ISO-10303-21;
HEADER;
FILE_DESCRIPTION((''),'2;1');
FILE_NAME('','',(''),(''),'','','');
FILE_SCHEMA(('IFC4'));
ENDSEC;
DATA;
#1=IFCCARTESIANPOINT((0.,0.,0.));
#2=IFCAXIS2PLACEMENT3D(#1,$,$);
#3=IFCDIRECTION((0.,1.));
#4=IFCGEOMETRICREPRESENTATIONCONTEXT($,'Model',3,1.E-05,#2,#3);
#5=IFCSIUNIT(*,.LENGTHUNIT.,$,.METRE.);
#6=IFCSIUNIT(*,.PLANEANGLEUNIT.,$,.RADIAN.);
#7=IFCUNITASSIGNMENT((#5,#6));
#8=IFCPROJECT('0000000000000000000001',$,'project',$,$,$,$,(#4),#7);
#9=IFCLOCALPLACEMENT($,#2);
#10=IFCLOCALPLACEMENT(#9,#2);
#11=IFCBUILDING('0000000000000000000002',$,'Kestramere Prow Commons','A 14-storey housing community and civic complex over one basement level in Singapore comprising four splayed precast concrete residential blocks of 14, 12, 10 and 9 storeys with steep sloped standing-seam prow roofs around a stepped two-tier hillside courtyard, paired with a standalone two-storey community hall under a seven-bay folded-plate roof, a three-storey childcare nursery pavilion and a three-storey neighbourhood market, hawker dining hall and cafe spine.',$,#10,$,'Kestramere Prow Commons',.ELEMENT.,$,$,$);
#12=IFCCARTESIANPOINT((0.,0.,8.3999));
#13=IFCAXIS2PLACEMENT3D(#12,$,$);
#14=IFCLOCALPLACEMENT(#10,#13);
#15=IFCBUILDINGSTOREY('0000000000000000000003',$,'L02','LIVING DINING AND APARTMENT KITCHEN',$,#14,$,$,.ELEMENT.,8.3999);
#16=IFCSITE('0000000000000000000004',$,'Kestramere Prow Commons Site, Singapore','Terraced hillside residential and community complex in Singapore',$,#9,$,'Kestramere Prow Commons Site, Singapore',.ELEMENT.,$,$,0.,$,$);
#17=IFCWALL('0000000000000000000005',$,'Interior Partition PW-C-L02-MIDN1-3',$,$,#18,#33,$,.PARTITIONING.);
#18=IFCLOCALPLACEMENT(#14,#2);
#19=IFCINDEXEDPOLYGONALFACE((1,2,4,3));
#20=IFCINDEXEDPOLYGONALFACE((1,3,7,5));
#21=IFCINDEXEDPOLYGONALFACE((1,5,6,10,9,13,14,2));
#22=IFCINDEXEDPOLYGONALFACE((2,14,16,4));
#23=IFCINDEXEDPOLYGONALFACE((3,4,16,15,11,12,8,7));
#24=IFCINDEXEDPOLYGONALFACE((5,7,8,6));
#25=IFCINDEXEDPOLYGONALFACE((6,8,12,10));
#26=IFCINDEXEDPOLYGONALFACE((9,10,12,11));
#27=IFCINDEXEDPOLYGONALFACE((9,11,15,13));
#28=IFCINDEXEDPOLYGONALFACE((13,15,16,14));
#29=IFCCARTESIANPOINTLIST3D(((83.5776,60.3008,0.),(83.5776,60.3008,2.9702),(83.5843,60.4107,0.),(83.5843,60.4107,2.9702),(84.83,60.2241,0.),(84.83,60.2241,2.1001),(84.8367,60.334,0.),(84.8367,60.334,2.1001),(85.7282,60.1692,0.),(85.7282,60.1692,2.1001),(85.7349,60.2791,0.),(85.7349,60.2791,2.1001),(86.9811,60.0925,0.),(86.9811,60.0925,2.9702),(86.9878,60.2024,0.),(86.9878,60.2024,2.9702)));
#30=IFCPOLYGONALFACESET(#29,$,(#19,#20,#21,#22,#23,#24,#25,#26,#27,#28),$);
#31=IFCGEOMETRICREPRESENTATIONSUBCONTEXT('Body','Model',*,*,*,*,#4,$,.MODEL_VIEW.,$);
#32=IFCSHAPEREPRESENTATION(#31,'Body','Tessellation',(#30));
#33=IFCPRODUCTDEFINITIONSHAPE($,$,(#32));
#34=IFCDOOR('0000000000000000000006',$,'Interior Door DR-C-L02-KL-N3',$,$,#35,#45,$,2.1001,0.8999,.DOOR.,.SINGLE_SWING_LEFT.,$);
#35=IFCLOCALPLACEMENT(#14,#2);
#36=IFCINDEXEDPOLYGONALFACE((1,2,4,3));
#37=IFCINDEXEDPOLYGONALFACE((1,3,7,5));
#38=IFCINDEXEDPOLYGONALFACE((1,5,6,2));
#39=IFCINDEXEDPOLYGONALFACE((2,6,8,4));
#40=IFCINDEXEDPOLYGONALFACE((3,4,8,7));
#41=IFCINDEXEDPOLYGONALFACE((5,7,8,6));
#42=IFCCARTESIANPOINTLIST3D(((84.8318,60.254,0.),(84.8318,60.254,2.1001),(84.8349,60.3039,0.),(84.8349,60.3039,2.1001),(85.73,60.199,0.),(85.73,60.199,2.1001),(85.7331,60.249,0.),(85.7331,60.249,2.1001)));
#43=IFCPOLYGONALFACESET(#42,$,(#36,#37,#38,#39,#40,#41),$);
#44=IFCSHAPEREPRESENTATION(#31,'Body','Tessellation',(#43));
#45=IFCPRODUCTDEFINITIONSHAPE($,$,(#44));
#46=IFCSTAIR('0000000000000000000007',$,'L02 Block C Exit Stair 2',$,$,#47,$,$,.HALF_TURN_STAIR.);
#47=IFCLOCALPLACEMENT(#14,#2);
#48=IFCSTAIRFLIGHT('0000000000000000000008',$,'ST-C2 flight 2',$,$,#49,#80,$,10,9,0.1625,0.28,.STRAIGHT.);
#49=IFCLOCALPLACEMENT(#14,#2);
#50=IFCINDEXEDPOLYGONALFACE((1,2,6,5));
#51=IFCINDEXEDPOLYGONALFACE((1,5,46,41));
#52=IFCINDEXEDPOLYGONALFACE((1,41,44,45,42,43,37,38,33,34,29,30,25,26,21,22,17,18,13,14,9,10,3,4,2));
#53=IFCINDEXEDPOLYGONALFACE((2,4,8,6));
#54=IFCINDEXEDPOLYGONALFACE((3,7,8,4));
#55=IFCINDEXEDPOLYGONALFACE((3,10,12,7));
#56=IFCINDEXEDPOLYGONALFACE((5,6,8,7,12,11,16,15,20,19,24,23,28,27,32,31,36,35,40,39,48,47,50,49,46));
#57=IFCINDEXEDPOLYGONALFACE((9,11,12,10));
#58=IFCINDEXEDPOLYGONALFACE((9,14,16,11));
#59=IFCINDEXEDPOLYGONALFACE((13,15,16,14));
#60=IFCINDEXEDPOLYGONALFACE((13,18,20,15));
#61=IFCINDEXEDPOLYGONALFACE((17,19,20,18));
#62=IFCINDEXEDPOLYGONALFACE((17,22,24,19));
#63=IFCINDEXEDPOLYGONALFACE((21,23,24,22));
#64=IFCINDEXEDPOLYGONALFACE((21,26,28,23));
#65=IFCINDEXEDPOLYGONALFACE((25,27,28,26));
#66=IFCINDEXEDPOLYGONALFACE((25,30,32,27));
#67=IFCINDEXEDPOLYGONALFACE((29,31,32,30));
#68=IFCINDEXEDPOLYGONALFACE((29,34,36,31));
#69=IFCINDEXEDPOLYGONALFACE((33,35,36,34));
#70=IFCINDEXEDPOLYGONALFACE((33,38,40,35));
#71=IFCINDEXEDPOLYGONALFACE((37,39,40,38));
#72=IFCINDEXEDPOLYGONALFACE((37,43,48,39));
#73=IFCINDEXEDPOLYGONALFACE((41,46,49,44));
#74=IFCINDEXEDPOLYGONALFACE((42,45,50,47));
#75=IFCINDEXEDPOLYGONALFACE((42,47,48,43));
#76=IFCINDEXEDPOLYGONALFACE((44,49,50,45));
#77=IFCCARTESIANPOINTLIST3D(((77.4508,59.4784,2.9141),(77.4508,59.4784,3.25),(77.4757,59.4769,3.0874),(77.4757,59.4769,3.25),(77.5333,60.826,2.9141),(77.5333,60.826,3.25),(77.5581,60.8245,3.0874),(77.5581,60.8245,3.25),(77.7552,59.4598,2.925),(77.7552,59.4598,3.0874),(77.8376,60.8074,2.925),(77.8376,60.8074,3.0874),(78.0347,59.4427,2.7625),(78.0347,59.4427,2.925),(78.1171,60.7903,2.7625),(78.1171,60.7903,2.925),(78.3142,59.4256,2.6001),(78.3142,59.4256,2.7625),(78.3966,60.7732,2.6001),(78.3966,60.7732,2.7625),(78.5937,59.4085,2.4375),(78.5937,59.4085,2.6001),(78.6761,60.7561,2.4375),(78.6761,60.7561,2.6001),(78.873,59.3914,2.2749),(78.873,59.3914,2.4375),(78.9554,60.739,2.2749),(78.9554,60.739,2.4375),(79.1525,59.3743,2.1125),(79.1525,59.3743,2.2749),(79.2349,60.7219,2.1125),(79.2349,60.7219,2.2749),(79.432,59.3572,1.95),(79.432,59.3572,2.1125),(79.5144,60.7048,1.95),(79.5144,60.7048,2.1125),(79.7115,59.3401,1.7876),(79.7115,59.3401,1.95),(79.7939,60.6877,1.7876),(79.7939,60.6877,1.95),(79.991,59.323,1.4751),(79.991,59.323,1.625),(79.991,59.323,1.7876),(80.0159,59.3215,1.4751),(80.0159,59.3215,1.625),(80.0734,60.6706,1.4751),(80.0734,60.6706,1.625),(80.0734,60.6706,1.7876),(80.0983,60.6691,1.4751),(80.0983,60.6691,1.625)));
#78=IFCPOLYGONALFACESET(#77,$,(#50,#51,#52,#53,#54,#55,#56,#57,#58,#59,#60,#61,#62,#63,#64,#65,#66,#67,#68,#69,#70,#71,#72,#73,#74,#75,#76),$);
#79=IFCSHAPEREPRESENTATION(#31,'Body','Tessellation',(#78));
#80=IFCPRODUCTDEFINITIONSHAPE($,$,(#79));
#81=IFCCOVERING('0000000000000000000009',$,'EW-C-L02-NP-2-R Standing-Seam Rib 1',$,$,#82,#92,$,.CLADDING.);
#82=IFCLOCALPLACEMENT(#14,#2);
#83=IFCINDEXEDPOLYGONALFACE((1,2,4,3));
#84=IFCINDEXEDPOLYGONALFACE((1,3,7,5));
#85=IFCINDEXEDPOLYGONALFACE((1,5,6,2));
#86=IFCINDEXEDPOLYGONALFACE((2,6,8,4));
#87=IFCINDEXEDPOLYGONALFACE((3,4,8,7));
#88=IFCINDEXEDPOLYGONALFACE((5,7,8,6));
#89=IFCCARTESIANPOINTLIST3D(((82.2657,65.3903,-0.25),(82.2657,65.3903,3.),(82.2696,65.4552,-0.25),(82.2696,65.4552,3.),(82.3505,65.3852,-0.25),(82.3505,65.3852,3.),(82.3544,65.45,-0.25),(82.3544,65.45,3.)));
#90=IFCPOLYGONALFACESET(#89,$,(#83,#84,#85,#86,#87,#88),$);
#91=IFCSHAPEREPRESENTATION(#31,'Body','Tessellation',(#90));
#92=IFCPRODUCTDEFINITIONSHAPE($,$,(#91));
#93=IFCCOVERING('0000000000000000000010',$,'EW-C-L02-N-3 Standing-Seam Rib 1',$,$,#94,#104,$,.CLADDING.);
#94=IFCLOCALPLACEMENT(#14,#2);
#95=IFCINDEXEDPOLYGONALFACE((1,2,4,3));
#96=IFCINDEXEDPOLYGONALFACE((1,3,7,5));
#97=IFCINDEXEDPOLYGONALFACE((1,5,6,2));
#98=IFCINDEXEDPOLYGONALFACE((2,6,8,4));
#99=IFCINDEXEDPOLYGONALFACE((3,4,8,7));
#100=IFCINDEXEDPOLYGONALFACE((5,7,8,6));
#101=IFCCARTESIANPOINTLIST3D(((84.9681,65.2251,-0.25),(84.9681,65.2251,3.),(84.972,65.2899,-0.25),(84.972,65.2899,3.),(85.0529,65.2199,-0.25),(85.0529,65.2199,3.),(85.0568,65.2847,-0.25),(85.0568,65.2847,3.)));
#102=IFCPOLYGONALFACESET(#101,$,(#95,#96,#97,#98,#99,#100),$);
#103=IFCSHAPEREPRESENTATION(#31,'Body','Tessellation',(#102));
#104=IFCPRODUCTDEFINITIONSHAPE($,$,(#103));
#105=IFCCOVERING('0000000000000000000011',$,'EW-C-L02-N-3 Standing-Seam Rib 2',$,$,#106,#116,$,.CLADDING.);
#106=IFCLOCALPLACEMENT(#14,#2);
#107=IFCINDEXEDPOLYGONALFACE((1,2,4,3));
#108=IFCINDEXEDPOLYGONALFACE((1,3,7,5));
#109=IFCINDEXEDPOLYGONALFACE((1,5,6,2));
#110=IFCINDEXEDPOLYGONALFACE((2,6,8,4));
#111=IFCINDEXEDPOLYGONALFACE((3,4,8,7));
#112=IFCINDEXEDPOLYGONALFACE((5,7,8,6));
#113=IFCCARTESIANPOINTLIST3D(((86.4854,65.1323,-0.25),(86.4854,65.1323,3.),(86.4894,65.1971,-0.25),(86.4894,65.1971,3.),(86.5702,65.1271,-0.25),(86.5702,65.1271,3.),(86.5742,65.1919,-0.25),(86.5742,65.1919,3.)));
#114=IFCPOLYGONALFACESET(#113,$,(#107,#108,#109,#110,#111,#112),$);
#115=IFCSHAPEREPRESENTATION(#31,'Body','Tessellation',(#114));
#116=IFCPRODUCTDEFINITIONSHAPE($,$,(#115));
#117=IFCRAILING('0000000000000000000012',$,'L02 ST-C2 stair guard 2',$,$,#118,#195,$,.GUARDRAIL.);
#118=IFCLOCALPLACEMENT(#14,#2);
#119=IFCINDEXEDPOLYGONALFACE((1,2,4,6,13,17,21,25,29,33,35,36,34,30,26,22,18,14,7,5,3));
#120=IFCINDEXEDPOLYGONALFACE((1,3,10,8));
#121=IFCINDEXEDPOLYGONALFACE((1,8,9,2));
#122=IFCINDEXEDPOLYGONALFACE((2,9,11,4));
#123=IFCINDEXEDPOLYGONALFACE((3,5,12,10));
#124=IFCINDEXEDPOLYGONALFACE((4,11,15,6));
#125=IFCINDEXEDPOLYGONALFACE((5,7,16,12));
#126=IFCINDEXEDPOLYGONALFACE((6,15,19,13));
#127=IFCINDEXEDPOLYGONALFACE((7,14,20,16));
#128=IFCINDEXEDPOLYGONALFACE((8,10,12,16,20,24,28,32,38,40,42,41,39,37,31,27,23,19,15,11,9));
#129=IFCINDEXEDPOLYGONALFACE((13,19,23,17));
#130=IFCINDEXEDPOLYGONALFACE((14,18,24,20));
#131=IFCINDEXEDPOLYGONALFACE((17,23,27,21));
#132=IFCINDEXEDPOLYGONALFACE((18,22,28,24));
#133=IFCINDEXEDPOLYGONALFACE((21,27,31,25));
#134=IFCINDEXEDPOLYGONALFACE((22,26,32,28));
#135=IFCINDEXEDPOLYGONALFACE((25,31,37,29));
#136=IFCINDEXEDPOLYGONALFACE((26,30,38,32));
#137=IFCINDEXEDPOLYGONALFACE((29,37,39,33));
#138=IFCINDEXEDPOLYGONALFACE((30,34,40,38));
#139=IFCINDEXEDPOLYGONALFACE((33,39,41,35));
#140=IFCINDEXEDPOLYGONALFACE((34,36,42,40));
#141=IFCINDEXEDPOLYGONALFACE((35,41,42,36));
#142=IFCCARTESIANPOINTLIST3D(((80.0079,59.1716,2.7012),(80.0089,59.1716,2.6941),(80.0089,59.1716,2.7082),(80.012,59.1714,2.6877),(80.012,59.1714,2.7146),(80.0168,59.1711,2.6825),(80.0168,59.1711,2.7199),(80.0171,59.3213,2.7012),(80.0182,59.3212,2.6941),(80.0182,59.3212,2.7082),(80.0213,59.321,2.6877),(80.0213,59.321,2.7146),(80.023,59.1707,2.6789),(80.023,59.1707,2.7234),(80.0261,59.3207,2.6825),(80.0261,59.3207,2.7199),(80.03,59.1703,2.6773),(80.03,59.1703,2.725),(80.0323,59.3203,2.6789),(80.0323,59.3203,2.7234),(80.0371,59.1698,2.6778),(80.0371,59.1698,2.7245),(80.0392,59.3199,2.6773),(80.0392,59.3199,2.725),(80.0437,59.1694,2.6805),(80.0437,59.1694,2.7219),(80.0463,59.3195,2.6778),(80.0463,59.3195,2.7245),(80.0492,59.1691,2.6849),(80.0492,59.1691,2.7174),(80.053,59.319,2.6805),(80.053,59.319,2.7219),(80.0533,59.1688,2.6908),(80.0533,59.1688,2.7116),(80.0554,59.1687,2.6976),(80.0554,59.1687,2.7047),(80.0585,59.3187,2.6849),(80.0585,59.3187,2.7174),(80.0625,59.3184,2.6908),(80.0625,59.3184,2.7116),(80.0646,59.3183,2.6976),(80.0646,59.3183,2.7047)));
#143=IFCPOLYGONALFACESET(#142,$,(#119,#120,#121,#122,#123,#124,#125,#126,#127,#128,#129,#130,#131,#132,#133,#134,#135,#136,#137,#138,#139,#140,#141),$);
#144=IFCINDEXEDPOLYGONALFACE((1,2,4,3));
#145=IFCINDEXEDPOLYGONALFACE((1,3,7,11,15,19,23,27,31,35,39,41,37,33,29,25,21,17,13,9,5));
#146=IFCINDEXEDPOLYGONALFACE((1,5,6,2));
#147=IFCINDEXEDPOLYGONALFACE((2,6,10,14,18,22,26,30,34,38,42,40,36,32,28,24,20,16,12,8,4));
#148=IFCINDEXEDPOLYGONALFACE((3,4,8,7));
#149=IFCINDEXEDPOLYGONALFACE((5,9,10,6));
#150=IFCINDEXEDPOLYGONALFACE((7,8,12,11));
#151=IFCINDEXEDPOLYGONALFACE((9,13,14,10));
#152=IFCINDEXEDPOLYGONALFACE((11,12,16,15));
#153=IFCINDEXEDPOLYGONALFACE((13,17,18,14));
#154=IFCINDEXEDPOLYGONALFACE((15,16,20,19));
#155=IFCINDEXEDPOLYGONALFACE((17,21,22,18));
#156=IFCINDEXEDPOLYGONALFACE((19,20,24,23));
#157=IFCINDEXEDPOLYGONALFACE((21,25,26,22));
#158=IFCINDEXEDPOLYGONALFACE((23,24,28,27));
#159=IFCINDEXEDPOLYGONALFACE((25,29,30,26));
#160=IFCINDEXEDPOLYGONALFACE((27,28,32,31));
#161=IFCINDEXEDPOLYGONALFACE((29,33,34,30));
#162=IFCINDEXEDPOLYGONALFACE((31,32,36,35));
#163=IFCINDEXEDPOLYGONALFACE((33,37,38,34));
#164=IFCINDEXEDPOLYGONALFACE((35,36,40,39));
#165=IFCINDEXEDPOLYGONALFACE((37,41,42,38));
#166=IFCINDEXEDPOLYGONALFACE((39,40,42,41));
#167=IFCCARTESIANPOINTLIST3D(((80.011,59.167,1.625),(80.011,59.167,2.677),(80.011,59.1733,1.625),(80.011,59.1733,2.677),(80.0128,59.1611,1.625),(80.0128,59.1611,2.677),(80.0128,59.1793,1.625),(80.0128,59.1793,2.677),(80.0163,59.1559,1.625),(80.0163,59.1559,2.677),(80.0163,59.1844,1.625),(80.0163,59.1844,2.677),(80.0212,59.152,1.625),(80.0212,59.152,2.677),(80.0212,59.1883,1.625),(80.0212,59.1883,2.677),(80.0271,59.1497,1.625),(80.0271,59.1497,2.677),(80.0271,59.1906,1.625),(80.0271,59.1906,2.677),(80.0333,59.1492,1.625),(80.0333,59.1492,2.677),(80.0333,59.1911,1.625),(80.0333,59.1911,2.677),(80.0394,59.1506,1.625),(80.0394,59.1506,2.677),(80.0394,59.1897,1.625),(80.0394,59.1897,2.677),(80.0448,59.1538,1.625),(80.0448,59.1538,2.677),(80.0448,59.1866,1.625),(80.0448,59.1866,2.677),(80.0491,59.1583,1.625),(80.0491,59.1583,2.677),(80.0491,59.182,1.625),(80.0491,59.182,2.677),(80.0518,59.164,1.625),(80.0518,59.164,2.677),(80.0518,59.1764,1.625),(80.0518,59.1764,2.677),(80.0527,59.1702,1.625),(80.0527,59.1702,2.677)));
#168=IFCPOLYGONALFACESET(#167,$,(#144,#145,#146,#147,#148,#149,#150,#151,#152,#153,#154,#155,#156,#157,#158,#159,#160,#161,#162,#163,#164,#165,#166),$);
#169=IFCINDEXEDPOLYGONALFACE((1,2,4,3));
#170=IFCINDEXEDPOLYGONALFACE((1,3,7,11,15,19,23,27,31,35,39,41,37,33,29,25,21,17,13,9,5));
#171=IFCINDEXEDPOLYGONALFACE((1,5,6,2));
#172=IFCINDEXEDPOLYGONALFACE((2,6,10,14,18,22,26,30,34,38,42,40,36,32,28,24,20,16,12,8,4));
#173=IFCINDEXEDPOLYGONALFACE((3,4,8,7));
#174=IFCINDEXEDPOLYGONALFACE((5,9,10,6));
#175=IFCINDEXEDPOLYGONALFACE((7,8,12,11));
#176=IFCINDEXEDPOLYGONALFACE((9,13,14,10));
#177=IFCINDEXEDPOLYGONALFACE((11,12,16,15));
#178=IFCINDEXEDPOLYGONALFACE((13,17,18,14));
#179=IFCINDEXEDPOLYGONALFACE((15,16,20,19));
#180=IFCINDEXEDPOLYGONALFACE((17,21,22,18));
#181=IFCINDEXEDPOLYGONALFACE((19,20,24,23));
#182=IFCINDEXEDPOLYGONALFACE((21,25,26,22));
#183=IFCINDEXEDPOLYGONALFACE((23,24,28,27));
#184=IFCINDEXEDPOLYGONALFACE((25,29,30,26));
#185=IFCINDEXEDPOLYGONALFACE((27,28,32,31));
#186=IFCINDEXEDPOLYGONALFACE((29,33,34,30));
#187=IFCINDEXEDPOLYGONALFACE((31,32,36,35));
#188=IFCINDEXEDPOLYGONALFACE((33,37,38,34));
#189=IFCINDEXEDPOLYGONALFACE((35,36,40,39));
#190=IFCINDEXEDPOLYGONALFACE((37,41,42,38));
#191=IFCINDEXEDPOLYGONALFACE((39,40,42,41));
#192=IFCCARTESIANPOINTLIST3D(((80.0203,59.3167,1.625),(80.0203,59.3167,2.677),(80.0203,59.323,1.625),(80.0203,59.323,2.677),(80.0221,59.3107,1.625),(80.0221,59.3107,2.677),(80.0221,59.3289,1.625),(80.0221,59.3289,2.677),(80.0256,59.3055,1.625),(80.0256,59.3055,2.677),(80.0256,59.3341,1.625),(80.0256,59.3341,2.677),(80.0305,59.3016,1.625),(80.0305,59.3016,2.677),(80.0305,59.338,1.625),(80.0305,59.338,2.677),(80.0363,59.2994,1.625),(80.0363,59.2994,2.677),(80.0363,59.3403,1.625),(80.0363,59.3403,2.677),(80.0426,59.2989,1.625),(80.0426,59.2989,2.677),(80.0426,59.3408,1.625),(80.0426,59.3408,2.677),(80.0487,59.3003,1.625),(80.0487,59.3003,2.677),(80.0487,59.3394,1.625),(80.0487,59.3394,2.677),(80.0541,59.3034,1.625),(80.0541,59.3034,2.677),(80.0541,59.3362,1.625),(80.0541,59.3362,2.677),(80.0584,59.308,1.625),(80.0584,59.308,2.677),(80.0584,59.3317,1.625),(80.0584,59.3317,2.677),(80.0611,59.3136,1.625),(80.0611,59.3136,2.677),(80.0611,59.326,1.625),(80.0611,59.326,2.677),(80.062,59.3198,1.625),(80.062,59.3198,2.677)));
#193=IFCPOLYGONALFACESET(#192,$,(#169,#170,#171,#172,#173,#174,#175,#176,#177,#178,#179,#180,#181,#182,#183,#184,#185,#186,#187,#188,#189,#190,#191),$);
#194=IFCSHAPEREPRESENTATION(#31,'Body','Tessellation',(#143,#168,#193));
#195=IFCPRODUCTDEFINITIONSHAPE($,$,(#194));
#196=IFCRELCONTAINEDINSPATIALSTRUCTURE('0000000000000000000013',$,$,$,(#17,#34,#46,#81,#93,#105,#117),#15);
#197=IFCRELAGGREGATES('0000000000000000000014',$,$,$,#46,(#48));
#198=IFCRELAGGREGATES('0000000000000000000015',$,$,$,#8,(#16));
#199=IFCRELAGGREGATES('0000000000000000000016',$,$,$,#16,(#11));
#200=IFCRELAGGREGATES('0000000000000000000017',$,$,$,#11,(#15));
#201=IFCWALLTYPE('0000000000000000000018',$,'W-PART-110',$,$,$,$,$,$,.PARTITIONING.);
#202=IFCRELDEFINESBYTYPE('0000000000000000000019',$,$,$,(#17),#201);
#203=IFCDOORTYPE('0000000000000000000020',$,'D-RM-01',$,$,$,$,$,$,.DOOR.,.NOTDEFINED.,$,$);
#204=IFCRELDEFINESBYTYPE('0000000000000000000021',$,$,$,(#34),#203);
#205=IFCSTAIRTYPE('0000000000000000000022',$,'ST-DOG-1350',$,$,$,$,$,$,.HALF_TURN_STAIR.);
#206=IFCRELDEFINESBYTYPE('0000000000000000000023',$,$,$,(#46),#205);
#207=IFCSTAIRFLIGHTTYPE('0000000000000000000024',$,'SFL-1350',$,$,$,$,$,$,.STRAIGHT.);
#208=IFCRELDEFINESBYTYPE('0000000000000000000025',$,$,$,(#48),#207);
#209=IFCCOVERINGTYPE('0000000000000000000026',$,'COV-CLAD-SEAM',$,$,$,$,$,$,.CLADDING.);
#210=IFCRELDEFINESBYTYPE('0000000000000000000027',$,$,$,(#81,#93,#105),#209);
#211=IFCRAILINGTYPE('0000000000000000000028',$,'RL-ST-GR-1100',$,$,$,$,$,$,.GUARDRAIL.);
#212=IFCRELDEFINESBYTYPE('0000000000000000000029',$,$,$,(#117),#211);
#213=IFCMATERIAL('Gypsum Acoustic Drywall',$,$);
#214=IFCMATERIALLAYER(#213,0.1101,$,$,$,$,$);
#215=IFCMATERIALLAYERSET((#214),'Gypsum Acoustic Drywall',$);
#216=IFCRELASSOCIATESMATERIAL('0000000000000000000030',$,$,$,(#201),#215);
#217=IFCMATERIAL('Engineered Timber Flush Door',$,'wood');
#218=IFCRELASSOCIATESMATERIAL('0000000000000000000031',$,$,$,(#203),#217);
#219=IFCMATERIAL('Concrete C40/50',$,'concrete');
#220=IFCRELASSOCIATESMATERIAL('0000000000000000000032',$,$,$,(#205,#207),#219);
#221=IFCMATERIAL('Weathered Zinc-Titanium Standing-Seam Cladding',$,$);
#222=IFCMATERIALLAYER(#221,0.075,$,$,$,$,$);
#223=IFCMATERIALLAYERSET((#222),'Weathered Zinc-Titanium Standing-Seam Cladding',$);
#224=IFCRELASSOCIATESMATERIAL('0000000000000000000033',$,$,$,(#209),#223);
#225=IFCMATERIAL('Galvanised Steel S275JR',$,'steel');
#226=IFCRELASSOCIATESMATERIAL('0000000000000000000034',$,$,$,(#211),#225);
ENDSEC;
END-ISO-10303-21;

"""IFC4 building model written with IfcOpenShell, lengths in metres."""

from ifc_helpers import new_model, si_unit, direction, frame, frame_2d, origin, origin_2d, place, context, subcontext, project, spatial, polyline, rectangle, circle, outline, extrude, material, layer, layer_set, type_object, element, fill, aggregate, save


model = new_model("IFC4")

# Units and contexts
model_context = context("Model", 3, precision=1e-05, world=origin(), true_north=direction((0.0, 1.0)))
body_context = subcontext(model_context, "Body", "Model", "MODEL_VIEW")
ifc_project = project(units=[si_unit("LENGTHUNIT", "METRE"), si_unit("PLANEANGLEUNIT", "RADIAN")], contexts=[model_context])

# Site, building, storey
site_placement = place(None, origin())
site = spatial("IfcSite", under=ifc_project, at=site_placement, Name="Kestramere Prow Commons Site, Singapore", Description="Terraced hillside residential and community complex in Singapore", LongName="Kestramere Prow Commons Site, Singapore", CompositionType="ELEMENT", RefElevation=0.0)
building_placement = place(site_placement, origin())
building = spatial("IfcBuilding", under=site, at=building_placement, Name="Kestramere Prow Commons", Description="A 14-storey housing community and civic complex over one basement level in Singapore comprising four splayed precast concrete residential blocks of 14, 12, 10 and 9 storeys with steep sloped standing-seam prow roofs around a stepped two-tier hillside courtyard, paired with a standalone two-storey community hall under a seven-bay folded-plate roof, a three-storey childcare nursery pavilion and a three-storey neighbourhood market, hawker dining hall and cafe spine.", LongName="Kestramere Prow Commons", CompositionType="ELEMENT")
storey_placement = place(building_placement, frame((0.0, 0.0, 8.3999)))
storey = spatial("IfcBuildingStorey", under=building, at=storey_placement, Name="L02", Description="LIVING DINING AND APARTMENT KITCHEN", CompositionType="ELEMENT", Elevation=8.3999)

# Wall, opening, door
ifc_material_1 = material(Name="Gypsum Acoustic Drywall")
ifc_layer_1 = layer(ifc_material_1, 0.1101)
ifc_layer_set_1 = layer_set([ifc_layer_1], Name="Gypsum Acoustic Drywall")
wall_type_1 = type_object("IfcWallType", Name="W-PART-110", PredefinedType="PARTITIONING", material=ifc_layer_set_1)
wall_1_placement = place(storey_placement, frame((83.5808, 60.3557, 0.0), z_axis=(0.0, 0.0, 1.0), x_axis=(0.998133, -0.061072, 0.0)))
wall_1 = element("IfcWall", 1, at=wall_1_placement, inside=storey, type_object=wall_type_1, Name="Interior Partition PW-C-L02-MIDN1-3", PredefinedType="PARTITIONING", context=body_context, shape_type="SweptSolid", body=[
    extrude(rectangle(XDim=3.4099, YDim=0.1101, at=frame_2d((1.7051, 0.0))), origin(), (0.0, 0.0, 1.0), 2.9702),
])
opening_1_placement = place(wall_1_placement, frame((1.2549, 0.0, 0.0)))
opening_1 = element("IfcOpeningElement", 2, at=opening_1_placement, cuts=wall_1, PredefinedType="OPENING", context=body_context, shape_type="SweptSolid", body=[
    extrude(rectangle(XDim=0.8999, YDim=2.1001, at=frame_2d((0.45, 1.05))), frame((0.0, 0.0701, 0.0), z_axis=(0.0, -1.0, 0.0), x_axis=(1.0, 0.0, 0.0)), (0.0, 0.0, 1.0), 0.1401),
])
ifc_material_2 = material(Name="Engineered Timber Flush Door", Category="wood")
door_type = type_object("IfcDoorType", Name="D-RM-01", OperationType="NOTDEFINED", PredefinedType="DOOR", material=ifc_material_2)
door_placement = place(opening_1_placement, origin())
door = element("IfcDoor", 3, at=door_placement, inside=storey, type_object=door_type, Name="Interior Door DR-C-L02-KL-N3", OperationType="SINGLE_SWING_LEFT", OverallHeight=2.1001, OverallWidth=0.8999, PredefinedType="DOOR", context=body_context, shape_type="SweptSolid", body=[
    extrude(rectangle(XDim=0.8999, YDim=2.1001, at=frame_2d((0.45, 1.05))), frame((0.0, 0.0249, 0.0), z_axis=(0.0, -1.0, 0.0), x_axis=(1.0, 0.0, 0.0)), (0.0, 0.0, 1.0), 0.05),
])
fill(opening_1, door)

# Stair, stair flight
ifc_material_3 = material(Name="Concrete C40/50", Category="concrete")
stair_type = type_object("IfcStairType", Name="ST-DOG-1350", PredefinedType="HALF_TURN_STAIR", material=ifc_material_3)
stair_placement = place(storey_placement, origin())
stair = element("IfcStair", 4, at=stair_placement, inside=storey, type_object=stair_type, Name="L02 Block C Exit Stair 2", PredefinedType="HALF_TURN_STAIR")
stair_flight_type = type_object("IfcStairFlightType", Name="SFL-1350", PredefinedType="STRAIGHT", material=ifc_material_3)
stair_flight_placement = place(storey_placement, frame((80.0322, 59.9968, 1.625), z_axis=(0.0, 0.0, 1.0), x_axis=(-0.998135, 0.061049, 0.0)))
stair_flight = element("IfcStairFlight", 5, at=stair_flight_placement, type_object=stair_flight_type, Name="ST-C2 flight 2", NumberOfRisers=10, NumberOfTreads=9, PredefinedType="STRAIGHT", RiserHeight=0.1625, TreadLength=0.28, context=body_context, shape_type="SweptSolid", body=[
    extrude(outline(polyline([(-0.0249, 0.0), (0.0, 0.0), (0.0, 0.1626), (0.28, 0.1626), (0.28, 0.325), (0.5601, 0.325), (0.5601, 0.4875), (0.8401, 0.4875), (0.8401, 0.6499), (1.1201, 0.6499), (1.1201, 0.8125), (1.3999, 0.8125), (1.3999, 0.9751), (1.6799, 0.9751), (1.6799, 1.1375), (1.96, 1.1375), (1.96, 1.3), (2.24, 1.3), (2.24, 1.4624), (2.52, 1.4624), (2.52, 1.625), (2.5449, 1.625), (2.5449, 1.2891), (0.0, -0.1499), (-0.0249, -0.1499), (-0.0249, 0.0)])), frame((0.0, 0.675, 0.0), z_axis=(0.0, -1.0, 0.0), x_axis=(1.0, 0.0, 0.0)), (0.0, 0.0, 1.0), 1.3501),
])
aggregate(stair, [stair_flight])

# Coverings
ifc_material_4 = material(Name="Weathered Zinc-Titanium Standing-Seam Cladding")
ifc_layer_2 = layer(ifc_material_4, 0.075)
ifc_layer_set_2 = layer_set([ifc_layer_2], Name="Weathered Zinc-Titanium Standing-Seam Cladding")
covering_type = type_object("IfcCoveringType", Name="COV-CLAD-SEAM", PredefinedType="CLADDING", material=ifc_layer_set_2)
for number, where, z_axis, x_axis, name in (
    (6, (82.3101, 65.4202, -0.25), (0.0, 0.0, 1.0), (0.998135, -0.061049, 0.0), "EW-C-L02-NP-2-R Standing-Seam Rib 1"),
    (7, (85.0125, 65.2549, -0.25), (0.0, 0.0, 1.0), (0.998135, -0.061049, 0.0), "EW-C-L02-N-3 Standing-Seam Rib 1"),
    (8, (86.5298, 65.1621, -0.25), (0.0, 0.0, 1.0), (0.998135, -0.061049, 0.0), "EW-C-L02-N-3 Standing-Seam Rib 2"),
):
    element("IfcCovering", number, at=place(storey_placement, frame(where, z_axis=z_axis, x_axis=x_axis)), inside=storey, type_object=covering_type, Name=name, PredefinedType="CLADDING", context=body_context, shape_type="SweptSolid", body=[
        extrude(rectangle(XDim=0.085, YDim=0.0649, at=origin_2d()), origin(), (0.0, 0.0, 1.0), 3.25),
    ])

# Railing
ifc_material_5 = material(Name="Galvanised Steel S275JR", Category="steel")
railing_type_1 = type_object("IfcRailingType", Name="RL-ST-GR-1100", PredefinedType="GUARDRAIL", material=ifc_material_5)
railing_1_placement = place(storey_placement, frame((80.0317, 59.1702, 1.625)))
element("IfcRailing", 9, at=railing_1_placement, inside=storey, type_object=railing_type_1, Name="L02 ST-C2 stair guard 2", PredefinedType="GUARDRAIL", context=body_context, shape_type="SweptSolid", body=[
    extrude(circle(Radius=0.0239, at=origin_2d()), frame((0.0, 0.0, 1.0762), z_axis=(0.061871, 0.998084, 0.0), x_axis=(-0.998084, 0.061871, 0.0)), (0.0, 0.0, 1.0), 0.1499),
    extrude(circle(Radius=0.021, at=origin_2d()), origin(), (0.0, 0.0, 1.0), 1.052),
    extrude(circle(Radius=0.021, at=origin_2d()), frame((0.0093, 0.1497, 0.0)), (0.0, 0.0, 1.0), 1.052),
])

save(model, "model.ifc")
